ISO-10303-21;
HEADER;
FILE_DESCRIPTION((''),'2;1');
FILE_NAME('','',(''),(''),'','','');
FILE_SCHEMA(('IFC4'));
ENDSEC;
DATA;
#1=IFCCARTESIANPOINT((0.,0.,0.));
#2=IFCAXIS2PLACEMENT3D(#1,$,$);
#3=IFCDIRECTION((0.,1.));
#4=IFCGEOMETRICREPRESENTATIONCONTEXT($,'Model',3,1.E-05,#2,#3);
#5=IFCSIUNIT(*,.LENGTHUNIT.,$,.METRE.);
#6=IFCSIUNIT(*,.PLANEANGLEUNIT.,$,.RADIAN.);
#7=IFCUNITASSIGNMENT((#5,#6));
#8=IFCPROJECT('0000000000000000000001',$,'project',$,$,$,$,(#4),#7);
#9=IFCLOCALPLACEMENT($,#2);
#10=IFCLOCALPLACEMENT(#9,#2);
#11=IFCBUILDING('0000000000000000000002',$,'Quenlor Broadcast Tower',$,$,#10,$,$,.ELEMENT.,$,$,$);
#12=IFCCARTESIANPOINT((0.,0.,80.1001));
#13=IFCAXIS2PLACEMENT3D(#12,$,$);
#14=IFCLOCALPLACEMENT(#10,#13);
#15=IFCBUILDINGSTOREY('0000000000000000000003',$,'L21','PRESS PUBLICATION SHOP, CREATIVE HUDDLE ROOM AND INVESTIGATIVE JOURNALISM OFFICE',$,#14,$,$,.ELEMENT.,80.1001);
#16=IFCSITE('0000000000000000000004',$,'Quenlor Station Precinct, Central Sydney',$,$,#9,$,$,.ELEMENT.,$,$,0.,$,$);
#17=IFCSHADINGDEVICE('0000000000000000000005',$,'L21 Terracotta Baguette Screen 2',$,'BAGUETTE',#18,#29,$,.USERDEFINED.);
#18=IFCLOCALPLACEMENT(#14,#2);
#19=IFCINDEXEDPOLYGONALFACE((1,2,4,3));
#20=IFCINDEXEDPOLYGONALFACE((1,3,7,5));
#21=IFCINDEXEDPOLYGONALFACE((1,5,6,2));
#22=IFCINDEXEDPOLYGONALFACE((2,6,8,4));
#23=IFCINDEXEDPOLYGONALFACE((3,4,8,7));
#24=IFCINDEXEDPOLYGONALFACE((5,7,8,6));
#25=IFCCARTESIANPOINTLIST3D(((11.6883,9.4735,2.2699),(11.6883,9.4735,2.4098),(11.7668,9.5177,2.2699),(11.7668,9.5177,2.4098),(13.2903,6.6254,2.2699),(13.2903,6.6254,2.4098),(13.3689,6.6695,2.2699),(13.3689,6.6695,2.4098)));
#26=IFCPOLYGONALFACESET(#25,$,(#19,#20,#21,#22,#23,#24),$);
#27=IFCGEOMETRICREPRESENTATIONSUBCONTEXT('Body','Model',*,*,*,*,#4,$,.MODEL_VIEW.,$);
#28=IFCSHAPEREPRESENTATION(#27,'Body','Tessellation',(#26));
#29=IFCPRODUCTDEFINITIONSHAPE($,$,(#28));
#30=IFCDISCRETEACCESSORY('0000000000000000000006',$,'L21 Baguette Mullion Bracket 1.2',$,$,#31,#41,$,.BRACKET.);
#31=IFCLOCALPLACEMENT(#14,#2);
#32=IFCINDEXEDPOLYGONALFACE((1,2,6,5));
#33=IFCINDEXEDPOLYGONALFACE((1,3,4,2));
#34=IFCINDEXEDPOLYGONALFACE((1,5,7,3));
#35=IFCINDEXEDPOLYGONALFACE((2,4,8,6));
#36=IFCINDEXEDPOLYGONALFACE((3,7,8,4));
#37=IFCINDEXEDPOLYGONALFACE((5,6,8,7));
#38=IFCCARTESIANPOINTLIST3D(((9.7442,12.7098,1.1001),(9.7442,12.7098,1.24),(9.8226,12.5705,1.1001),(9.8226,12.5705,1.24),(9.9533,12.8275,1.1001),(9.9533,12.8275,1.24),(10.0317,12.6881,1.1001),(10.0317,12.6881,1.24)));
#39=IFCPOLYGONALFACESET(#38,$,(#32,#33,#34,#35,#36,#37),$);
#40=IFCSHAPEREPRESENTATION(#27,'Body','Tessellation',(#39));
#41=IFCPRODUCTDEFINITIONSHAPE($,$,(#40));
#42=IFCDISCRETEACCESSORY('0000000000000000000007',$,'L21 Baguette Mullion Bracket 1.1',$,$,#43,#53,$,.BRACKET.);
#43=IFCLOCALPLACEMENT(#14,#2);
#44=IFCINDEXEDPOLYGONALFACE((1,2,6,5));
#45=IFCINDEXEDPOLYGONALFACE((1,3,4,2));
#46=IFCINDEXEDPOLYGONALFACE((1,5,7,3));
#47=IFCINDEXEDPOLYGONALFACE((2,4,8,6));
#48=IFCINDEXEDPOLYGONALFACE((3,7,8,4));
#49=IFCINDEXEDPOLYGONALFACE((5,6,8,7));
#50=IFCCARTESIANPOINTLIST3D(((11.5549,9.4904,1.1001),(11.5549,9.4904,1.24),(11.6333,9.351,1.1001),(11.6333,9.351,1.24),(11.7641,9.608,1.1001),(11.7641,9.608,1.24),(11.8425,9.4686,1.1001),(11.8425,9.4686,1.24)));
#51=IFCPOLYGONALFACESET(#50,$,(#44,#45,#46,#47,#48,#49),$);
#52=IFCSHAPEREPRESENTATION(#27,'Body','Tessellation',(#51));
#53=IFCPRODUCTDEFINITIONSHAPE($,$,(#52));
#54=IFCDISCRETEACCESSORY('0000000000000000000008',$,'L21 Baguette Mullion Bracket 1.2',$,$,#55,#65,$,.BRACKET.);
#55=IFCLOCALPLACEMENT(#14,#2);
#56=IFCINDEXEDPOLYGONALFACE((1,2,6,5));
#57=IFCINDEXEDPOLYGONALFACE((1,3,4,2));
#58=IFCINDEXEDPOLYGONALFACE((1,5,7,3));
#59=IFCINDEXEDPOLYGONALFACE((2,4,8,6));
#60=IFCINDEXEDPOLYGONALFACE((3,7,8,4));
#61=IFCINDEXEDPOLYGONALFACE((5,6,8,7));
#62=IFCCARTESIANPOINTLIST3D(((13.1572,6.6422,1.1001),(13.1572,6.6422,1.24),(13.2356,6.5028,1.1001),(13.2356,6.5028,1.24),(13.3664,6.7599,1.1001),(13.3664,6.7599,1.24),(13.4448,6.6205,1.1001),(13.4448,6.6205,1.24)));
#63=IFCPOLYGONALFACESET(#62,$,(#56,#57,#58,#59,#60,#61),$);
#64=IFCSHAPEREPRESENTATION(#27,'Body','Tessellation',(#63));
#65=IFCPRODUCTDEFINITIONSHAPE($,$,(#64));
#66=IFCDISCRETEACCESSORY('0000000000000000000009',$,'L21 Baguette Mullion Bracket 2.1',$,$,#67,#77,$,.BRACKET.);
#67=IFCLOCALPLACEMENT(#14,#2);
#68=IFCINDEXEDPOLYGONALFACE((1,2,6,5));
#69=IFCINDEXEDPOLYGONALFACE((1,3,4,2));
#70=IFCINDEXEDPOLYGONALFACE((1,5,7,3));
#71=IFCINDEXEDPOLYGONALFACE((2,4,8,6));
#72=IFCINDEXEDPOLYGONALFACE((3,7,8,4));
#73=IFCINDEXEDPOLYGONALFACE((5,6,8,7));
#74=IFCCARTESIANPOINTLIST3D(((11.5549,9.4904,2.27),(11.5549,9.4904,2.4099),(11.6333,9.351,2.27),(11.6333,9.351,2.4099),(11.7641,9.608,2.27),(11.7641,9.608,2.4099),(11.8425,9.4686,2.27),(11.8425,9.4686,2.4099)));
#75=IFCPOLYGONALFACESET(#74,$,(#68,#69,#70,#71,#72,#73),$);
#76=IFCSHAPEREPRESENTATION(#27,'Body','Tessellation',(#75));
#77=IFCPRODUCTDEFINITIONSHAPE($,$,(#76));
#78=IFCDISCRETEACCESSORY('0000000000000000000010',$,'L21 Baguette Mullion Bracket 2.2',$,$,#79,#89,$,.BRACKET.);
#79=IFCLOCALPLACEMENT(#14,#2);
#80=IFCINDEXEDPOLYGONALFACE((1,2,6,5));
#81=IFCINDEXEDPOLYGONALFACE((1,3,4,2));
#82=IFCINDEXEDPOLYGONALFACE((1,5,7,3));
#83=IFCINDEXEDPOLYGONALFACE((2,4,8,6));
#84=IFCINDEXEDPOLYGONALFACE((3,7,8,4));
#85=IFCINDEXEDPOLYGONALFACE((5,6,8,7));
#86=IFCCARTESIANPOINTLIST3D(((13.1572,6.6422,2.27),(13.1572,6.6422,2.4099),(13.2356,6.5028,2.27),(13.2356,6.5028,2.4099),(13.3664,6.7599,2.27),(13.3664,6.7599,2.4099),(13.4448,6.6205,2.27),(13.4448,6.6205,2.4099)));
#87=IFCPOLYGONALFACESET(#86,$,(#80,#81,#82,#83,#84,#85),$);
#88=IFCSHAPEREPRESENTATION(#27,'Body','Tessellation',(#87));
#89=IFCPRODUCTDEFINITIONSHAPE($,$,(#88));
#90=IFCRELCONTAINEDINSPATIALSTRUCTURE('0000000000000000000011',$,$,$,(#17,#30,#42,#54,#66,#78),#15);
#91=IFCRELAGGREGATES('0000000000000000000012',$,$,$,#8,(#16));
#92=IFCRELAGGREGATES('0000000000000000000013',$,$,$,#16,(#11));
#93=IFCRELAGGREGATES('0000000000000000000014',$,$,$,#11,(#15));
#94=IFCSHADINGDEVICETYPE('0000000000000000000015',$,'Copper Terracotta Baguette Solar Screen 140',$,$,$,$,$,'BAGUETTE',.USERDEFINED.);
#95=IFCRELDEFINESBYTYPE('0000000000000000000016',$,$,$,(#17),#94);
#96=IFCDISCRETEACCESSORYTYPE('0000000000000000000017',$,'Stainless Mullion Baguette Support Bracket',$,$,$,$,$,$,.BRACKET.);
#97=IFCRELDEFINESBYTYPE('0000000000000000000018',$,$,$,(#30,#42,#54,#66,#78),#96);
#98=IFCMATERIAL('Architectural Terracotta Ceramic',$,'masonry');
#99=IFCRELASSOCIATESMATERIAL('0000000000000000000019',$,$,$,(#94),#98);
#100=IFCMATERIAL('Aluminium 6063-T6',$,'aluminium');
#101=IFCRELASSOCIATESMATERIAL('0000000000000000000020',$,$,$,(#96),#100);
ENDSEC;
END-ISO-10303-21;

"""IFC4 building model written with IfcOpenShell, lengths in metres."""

from ifc_helpers import new_model, si_unit, direction, frame, origin, origin_2d, place, context, subcontext, project, spatial, rectangle, extrude, material, material_profile, profile_set, type_object, element, save


model = new_model("IFC4")

# Units and contexts
model_context = context("Model", 3, precision=1e-05, world=origin(), true_north=direction((0.0, 1.0)))
body_context = subcontext(model_context, "Body", "Model", "MODEL_VIEW")
ifc_project = project(units=[si_unit("LENGTHUNIT", "METRE"), si_unit("PLANEANGLEUNIT", "RADIAN")], contexts=[model_context])

# Site, building, storey
site_placement = place(None, origin())
site = spatial("IfcSite", under=ifc_project, at=site_placement, Name="Quenlor Station Precinct, Central Sydney", CompositionType="ELEMENT", RefElevation=0.0)
building_placement = place(site_placement, origin())
building = spatial("IfcBuilding", under=site, at=building_placement, Name="Quenlor Broadcast Tower", CompositionType="ELEMENT")
storey_placement = place(building_placement, frame((0.0, 0.0, 80.1001)))
storey = spatial("IfcBuildingStorey", under=building, at=storey_placement, Name="L21", Description="PRESS PUBLICATION SHOP, CREATIVE HUDDLE ROOM AND INVESTIGATIVE JOURNALISM OFFICE", CompositionType="ELEMENT", Elevation=80.1001)

# Shading device
ifc_material_1 = material(Name="Architectural Terracotta Ceramic", Category="masonry")
ifc_material_profile_1 = material_profile(ifc_material_1, rectangle(XDim=0.0901, YDim=0.1399, at=origin_2d()))
ifc_profile_set_1 = profile_set([ifc_material_profile_1], Name="Architectural Terracotta Ceramic BAG90x140")
shading_device_type = type_object("IfcShadingDeviceType", Name="Copper Terracotta Baguette Solar Screen 140", ElementType="BAGUETTE", PredefinedType="USERDEFINED", material=ifc_profile_set_1)
for number, where, z_axis, x_axis, name in (
    (1, (11.7275, 9.4956, 2.3398), (0.490254, -0.87158, 0.0), (0.87158, 0.490254, 0.0), "L21 Terracotta Baguette Screen 2"),
):
    element("IfcShadingDevice", number, at=place(storey_placement, frame(where, z_axis=z_axis, x_axis=x_axis)), inside=storey, type_object=shading_device_type, Name=name, ObjectType="BAGUETTE", PredefinedType="USERDEFINED", context=body_context, shape_type="SweptSolid", body=[
        extrude(rectangle(XDim=0.0901, YDim=0.1399, at=origin_2d()), origin(), (0.0, 0.0, 1.0), 3.2678),
    ])

# Discrete accessories
ifc_material_2 = material(Name="Aluminium 6063-T6", Category="aluminium")
discrete_accessory_type = type_object("IfcDiscreteAccessoryType", Name="Stainless Mullion Baguette Support Bracket", PredefinedType="BRACKET", material=ifc_material_2)
for number, where, z_axis, x_axis, name in (
    (2, (9.8879, 12.699, 1.1001), (0.0, 0.0, 1.0), (0.490265, -0.871573, 0.0), "L21 Baguette Mullion Bracket 1.2"),
    (3, (11.6987, 9.4795, 1.1001), (0.0, 0.0, 1.0), (0.490262, -0.871575, 0.0), "L21 Baguette Mullion Bracket 1.1"),
    (4, (13.301, 6.6313, 1.1001), (0.0, 0.0, 1.0), (0.490262, -0.871575, 0.0), "L21 Baguette Mullion Bracket 1.2"),
    (5, (11.6987, 9.4795, 2.27), (0.0, 0.0, 1.0), (0.490262, -0.871575, 0.0), "L21 Baguette Mullion Bracket 2.1"),
    (6, (13.301, 6.6313, 2.27), (0.0, 0.0, 1.0), (0.490262, -0.871575, 0.0), "L21 Baguette Mullion Bracket 2.2"),
):
    element("IfcDiscreteAccessory", number, at=place(storey_placement, frame(where, z_axis=z_axis, x_axis=x_axis)), inside=storey, type_object=discrete_accessory_type, Name=name, PredefinedType="BRACKET", context=body_context, shape_type="SweptSolid", body=[
        extrude(rectangle(XDim=0.1599, YDim=0.24, at=origin_2d()), origin(), (0.0, 0.0, 1.0), 0.1399),
    ])

save(model, "model.ifc")
